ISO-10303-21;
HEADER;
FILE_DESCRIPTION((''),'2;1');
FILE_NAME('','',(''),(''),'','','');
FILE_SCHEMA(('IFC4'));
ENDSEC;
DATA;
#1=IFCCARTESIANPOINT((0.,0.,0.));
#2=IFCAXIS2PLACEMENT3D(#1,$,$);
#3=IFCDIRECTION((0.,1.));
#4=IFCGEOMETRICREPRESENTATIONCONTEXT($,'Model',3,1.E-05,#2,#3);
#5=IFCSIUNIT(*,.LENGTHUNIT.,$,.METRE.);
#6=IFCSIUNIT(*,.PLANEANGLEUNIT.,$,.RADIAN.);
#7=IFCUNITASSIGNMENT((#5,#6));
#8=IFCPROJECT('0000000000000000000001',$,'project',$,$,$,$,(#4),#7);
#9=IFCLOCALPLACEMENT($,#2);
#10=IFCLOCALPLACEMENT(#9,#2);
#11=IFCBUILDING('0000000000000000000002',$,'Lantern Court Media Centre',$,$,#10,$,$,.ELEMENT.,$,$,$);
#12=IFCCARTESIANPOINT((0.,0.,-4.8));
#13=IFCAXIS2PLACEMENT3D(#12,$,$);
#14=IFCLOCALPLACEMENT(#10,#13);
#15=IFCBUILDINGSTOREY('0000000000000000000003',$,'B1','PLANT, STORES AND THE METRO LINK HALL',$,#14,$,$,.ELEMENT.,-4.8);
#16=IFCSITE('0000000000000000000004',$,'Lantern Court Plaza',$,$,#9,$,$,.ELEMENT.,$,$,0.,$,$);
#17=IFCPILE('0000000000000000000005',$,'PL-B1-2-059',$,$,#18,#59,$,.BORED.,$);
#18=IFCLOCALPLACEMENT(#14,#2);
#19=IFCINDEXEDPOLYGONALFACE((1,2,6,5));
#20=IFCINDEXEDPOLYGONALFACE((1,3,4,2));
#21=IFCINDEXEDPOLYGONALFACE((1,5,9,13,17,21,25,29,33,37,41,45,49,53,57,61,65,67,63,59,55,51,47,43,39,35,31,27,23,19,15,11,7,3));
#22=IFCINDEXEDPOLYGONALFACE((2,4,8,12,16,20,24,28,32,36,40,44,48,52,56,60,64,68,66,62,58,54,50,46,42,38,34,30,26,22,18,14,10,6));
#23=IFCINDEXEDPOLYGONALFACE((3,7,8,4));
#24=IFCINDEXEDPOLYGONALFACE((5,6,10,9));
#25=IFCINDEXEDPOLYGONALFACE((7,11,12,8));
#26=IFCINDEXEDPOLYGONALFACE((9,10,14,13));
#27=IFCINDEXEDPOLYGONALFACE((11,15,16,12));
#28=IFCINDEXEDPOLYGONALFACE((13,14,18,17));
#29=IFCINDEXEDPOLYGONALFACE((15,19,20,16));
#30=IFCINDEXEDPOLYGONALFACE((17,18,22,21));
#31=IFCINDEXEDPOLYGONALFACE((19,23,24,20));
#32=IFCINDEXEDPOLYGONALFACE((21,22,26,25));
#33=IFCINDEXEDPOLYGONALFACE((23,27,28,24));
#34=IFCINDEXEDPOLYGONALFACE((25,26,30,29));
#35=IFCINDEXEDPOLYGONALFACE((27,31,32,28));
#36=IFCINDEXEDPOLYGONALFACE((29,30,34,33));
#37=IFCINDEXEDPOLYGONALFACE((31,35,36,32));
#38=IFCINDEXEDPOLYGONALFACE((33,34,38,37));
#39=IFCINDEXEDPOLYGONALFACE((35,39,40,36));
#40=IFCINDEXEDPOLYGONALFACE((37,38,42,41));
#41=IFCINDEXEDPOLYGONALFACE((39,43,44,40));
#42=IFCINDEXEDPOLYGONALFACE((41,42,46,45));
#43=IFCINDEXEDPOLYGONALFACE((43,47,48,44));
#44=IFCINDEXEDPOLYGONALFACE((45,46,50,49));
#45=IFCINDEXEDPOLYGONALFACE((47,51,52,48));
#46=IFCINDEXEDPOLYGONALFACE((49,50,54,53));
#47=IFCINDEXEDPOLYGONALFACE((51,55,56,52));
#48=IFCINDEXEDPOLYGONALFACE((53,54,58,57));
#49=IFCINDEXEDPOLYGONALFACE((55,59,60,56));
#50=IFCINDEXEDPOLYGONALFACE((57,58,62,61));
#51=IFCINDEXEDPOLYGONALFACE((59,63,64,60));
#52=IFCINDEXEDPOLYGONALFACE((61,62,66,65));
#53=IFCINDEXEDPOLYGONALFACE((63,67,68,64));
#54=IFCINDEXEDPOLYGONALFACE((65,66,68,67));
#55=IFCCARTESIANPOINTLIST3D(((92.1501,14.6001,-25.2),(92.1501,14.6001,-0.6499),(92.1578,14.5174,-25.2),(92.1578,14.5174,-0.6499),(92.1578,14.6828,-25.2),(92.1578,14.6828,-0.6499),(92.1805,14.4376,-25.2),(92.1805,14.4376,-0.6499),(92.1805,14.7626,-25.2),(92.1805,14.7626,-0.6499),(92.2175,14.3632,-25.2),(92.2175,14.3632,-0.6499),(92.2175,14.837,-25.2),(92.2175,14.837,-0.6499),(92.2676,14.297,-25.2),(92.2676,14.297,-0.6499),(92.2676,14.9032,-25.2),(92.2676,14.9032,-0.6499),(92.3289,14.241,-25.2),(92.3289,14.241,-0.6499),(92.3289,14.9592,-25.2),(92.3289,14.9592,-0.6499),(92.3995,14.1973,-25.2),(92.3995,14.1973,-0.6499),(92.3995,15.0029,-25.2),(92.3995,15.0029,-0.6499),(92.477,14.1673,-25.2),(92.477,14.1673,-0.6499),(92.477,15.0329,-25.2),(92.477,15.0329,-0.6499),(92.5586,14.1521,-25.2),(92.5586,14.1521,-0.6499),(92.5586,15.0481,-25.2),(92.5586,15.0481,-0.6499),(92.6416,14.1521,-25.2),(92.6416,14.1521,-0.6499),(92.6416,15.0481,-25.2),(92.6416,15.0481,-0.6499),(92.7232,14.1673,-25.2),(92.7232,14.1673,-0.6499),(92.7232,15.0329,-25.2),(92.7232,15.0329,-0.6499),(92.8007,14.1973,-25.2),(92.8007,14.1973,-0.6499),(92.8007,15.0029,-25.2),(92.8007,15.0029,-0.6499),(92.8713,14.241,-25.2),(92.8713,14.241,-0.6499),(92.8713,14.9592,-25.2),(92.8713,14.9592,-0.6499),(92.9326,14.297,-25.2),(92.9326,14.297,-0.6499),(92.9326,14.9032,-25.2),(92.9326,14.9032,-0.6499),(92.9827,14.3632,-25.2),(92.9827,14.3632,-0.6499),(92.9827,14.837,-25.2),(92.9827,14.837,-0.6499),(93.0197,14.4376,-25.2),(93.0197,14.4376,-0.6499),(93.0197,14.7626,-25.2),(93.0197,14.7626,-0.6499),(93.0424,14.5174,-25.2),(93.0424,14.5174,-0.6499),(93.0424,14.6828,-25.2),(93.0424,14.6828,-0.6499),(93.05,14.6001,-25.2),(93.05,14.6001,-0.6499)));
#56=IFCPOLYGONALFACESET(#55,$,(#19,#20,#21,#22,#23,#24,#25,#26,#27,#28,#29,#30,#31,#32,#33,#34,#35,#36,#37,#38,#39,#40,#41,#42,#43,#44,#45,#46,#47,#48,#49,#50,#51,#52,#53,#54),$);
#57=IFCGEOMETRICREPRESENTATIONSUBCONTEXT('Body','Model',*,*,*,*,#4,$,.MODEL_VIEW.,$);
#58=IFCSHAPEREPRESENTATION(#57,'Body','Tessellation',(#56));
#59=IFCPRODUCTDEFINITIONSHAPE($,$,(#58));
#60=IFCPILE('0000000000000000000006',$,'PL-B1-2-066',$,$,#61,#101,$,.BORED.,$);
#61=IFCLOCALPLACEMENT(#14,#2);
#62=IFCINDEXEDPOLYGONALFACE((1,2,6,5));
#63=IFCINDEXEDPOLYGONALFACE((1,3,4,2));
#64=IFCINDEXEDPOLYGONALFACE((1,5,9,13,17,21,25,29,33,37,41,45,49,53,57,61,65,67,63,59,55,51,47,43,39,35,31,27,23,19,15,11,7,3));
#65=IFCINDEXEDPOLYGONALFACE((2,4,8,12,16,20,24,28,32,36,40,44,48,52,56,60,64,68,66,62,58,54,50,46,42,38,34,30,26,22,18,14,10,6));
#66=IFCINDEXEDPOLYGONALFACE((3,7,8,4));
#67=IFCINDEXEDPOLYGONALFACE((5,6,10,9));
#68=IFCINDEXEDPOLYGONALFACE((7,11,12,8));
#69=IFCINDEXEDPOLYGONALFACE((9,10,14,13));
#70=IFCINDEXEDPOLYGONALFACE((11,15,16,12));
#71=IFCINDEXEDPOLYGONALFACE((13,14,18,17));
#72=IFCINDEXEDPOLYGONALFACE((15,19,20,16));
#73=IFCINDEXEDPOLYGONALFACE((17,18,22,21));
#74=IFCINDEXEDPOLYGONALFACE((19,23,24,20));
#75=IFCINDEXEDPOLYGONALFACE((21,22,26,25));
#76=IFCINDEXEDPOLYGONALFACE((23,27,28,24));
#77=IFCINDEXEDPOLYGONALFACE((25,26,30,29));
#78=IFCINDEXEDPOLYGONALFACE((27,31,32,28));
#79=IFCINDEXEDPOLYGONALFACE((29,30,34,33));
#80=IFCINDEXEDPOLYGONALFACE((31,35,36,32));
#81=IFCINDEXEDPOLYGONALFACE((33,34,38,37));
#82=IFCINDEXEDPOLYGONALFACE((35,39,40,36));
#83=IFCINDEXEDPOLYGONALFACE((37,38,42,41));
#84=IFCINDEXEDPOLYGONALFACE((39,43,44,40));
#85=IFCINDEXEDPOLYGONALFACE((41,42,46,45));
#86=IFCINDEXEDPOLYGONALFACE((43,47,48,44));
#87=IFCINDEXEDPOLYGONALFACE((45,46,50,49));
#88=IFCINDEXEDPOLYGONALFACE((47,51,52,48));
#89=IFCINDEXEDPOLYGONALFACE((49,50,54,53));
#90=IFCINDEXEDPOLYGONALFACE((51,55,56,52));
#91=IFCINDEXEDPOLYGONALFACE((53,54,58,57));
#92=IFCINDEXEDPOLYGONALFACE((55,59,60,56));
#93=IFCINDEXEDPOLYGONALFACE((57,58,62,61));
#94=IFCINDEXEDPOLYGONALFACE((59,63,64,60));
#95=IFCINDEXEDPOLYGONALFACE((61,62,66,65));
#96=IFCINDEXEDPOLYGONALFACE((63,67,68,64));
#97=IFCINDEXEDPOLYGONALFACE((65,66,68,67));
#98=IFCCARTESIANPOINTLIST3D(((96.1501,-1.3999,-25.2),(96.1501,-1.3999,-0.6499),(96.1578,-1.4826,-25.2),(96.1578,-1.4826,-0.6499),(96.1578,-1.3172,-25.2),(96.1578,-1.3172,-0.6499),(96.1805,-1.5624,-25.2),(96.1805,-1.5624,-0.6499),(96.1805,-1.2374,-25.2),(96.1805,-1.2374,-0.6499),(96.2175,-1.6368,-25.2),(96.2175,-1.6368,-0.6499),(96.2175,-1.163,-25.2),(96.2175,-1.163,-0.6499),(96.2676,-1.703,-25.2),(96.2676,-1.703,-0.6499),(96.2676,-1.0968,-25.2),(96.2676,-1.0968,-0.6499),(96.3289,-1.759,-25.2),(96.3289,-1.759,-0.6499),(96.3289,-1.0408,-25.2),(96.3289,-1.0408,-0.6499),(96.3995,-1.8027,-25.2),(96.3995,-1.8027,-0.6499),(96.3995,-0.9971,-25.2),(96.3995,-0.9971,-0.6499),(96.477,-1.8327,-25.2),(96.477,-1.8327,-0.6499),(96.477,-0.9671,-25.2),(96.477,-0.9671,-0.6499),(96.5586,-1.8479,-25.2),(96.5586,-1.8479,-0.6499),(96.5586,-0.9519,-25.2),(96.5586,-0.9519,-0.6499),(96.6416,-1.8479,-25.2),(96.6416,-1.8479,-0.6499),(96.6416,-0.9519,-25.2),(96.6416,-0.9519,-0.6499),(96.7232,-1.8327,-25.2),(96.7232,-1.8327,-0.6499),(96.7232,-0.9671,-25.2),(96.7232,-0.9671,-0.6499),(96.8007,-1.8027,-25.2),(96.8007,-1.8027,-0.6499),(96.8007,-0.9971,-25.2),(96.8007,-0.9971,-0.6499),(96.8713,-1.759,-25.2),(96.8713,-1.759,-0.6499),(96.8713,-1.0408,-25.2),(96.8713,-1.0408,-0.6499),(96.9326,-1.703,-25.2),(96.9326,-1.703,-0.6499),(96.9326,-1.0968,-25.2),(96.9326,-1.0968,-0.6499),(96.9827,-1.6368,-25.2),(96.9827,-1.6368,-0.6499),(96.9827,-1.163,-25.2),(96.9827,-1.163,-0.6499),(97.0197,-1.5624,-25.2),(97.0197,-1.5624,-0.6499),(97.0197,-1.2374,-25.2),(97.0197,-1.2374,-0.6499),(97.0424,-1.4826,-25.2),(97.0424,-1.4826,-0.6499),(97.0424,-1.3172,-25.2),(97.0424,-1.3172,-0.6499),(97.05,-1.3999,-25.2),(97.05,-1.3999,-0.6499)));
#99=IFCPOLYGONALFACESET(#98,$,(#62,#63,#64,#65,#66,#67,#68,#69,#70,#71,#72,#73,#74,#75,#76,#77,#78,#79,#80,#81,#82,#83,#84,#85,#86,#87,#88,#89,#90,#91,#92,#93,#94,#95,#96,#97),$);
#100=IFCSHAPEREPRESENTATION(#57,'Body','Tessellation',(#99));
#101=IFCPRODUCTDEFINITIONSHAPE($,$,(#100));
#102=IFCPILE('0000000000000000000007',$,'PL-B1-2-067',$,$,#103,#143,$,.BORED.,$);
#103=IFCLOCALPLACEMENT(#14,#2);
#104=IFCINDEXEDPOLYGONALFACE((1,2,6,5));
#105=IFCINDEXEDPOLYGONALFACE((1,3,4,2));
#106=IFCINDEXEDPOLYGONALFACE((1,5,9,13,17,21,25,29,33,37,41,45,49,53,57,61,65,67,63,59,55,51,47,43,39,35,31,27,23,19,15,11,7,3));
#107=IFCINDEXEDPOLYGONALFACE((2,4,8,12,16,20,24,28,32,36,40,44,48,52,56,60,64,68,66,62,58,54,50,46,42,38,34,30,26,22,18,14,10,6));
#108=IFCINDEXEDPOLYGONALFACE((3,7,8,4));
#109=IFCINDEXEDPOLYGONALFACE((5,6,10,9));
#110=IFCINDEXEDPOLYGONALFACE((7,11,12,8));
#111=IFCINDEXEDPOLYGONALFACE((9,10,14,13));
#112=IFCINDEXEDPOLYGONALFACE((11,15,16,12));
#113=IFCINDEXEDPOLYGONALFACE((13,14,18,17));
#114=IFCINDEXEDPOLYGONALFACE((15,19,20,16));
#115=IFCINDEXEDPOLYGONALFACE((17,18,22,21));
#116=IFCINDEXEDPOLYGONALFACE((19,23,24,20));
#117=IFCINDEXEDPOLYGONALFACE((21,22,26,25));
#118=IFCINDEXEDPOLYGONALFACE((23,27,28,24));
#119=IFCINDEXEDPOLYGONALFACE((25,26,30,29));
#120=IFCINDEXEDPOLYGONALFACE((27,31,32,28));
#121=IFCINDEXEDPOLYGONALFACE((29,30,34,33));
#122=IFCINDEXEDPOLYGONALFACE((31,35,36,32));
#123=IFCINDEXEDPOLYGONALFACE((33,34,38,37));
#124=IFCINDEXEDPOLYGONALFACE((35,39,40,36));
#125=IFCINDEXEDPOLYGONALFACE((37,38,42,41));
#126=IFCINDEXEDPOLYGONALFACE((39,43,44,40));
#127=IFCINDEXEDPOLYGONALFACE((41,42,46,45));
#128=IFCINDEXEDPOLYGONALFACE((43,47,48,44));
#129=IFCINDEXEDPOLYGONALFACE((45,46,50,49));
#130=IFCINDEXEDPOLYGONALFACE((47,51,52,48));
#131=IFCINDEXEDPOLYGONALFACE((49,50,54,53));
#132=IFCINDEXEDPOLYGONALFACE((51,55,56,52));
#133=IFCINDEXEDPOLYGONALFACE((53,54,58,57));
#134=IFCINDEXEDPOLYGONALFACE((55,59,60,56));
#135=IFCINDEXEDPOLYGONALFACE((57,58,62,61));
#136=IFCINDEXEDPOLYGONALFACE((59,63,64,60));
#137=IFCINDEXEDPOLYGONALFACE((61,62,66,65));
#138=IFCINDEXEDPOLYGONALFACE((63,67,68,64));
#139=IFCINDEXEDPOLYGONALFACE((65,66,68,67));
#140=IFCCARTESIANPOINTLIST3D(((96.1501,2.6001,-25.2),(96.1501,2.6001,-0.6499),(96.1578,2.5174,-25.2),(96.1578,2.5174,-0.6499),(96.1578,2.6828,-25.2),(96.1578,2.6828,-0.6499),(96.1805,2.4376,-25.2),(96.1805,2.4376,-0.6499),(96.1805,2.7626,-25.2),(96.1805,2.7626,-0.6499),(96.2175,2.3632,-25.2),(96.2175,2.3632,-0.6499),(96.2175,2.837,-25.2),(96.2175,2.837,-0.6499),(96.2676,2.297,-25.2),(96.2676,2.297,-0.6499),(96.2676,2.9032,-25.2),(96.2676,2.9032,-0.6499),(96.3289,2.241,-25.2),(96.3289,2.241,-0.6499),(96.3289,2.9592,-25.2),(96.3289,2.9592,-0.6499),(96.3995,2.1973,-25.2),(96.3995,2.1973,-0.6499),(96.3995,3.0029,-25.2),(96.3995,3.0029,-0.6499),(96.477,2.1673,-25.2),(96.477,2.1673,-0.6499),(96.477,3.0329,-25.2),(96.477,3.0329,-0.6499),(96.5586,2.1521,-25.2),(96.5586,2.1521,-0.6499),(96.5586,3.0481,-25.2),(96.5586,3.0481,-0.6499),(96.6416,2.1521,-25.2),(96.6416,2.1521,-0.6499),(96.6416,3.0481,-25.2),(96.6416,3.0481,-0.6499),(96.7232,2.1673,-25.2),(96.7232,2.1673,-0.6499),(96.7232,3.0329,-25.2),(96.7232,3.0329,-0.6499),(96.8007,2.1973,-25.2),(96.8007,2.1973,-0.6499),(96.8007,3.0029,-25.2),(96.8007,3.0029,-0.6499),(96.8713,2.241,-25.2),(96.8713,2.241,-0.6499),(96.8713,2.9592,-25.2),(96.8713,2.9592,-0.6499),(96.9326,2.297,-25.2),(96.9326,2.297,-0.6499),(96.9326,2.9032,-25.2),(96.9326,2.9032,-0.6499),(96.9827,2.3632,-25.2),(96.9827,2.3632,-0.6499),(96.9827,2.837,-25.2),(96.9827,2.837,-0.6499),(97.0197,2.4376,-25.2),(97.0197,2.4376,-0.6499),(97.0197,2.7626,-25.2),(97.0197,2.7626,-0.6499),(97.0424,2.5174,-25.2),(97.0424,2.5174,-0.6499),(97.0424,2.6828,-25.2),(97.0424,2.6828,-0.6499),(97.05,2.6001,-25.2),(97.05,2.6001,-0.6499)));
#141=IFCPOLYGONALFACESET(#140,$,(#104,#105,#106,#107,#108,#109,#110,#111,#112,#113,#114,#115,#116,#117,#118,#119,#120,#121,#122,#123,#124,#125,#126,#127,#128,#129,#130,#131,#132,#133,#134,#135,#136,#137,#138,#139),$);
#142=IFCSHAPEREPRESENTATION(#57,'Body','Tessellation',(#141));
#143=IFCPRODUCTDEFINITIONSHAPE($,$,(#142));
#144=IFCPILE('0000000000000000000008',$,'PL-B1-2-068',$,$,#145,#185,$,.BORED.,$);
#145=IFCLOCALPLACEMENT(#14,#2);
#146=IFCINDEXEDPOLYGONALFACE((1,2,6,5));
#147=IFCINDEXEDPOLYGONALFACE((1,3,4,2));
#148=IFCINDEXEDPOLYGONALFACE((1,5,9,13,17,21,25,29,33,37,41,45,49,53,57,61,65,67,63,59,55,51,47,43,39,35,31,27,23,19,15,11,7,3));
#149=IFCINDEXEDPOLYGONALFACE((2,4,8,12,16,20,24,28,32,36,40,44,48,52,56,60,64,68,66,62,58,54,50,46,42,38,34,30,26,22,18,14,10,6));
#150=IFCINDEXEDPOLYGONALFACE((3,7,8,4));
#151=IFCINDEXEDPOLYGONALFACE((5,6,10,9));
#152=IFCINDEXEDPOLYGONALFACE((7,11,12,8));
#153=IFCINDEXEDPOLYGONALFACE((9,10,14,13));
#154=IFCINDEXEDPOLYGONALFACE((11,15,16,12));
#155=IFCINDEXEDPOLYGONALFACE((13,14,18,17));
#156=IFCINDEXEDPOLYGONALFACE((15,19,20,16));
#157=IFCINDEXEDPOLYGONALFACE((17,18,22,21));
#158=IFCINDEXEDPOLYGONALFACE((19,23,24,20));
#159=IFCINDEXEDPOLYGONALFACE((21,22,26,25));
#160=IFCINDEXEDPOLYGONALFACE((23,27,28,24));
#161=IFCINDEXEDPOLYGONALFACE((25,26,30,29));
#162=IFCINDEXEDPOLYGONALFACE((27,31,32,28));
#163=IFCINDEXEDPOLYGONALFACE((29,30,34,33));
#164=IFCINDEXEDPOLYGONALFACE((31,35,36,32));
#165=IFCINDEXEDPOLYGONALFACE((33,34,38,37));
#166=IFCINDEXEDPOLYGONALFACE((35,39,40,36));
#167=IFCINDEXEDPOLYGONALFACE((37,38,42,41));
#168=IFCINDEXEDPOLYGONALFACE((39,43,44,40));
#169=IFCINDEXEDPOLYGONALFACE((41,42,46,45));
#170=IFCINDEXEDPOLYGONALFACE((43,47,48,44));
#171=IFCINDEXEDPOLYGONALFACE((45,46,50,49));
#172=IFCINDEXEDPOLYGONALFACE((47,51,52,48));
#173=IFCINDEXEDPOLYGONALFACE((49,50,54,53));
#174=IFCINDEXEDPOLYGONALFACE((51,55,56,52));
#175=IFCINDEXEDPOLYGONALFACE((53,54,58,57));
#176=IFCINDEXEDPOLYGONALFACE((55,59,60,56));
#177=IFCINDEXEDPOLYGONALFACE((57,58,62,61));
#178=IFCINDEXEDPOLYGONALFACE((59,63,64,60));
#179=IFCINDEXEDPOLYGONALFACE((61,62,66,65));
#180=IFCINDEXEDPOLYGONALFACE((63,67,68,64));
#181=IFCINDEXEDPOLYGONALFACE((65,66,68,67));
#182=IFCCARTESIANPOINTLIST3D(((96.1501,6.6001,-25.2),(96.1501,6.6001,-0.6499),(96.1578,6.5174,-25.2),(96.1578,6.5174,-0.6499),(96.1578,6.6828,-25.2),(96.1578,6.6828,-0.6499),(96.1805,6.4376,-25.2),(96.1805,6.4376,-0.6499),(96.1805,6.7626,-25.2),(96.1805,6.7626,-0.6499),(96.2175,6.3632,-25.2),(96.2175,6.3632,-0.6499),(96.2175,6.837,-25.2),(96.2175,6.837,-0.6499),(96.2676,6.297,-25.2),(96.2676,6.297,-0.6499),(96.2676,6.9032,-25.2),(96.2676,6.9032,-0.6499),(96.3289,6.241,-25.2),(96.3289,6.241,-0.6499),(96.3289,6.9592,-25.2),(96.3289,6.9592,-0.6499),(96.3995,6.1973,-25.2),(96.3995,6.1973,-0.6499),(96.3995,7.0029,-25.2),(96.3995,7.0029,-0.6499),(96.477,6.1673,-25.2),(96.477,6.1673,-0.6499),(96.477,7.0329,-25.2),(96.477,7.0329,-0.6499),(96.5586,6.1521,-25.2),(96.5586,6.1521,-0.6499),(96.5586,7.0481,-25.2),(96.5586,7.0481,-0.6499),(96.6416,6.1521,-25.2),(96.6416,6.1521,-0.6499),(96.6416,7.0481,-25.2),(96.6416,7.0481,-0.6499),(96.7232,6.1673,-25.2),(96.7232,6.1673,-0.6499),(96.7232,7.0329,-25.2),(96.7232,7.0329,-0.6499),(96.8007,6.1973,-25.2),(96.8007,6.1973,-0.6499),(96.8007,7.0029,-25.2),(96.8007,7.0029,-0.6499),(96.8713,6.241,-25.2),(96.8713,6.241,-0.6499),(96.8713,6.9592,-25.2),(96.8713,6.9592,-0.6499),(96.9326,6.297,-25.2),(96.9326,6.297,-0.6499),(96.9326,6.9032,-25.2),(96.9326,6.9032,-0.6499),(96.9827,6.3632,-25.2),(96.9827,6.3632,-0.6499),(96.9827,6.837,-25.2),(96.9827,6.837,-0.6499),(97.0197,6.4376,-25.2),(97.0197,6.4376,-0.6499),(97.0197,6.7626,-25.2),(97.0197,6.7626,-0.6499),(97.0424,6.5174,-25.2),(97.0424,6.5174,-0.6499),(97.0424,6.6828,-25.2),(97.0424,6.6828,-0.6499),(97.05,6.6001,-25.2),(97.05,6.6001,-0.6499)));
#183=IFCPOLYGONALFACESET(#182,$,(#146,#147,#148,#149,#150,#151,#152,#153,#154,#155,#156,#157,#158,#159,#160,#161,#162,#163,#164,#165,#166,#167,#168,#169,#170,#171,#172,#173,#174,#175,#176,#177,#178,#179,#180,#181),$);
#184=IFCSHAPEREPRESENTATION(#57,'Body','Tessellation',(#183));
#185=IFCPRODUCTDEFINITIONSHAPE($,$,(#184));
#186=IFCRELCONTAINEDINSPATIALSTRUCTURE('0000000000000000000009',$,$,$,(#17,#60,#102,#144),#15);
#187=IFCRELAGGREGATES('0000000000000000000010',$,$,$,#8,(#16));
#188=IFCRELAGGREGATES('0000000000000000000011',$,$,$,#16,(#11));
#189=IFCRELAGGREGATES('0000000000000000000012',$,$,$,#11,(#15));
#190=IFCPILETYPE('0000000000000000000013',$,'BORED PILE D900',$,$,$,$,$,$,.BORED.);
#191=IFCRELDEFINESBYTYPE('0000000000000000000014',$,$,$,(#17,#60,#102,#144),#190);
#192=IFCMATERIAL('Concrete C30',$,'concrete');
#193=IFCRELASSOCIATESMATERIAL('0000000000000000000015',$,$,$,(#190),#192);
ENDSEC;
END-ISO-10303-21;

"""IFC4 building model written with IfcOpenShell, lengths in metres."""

from ifc_helpers import new_model, si_unit, direction, frame, origin, origin_2d, place, context, subcontext, project, spatial, circle, extrude, material, material_profile, profile_set, type_object, element, save


model = new_model("IFC4")

# Units and contexts
model_context = context("Model", 3, precision=1e-05, world=origin(), true_north=direction((0.0, 1.0)))
body_context = subcontext(model_context, "Body", "Model", "MODEL_VIEW")
ifc_project = project(units=[si_unit("LENGTHUNIT", "METRE"), si_unit("PLANEANGLEUNIT", "RADIAN")], contexts=[model_context])

# Site, building, storey
site_placement = place(None, origin())
site = spatial("IfcSite", under=ifc_project, at=site_placement, Name="Lantern Court Plaza", CompositionType="ELEMENT", RefElevation=0.0)
building_placement = place(site_placement, origin())
building = spatial("IfcBuilding", under=site, at=building_placement, Name="Lantern Court Media Centre", CompositionType="ELEMENT")
storey_placement = place(building_placement, frame((0.0, 0.0, -4.8)))
storey = spatial("IfcBuildingStorey", under=building, at=storey_placement, Name="B1", Description="PLANT, STORES AND THE METRO LINK HALL", CompositionType="ELEMENT", Elevation=-4.8)

# Piles
ifc_material_1 = material(Name="Concrete C30", Category="concrete")
ifc_material_profile_1 = material_profile(ifc_material_1, circle(Radius=0.45, at=origin_2d()), Name="D900")
ifc_profile_set_1 = profile_set([ifc_material_profile_1], Name="Concrete C30")
pile_type = type_object("IfcPileType", Name="BORED PILE D900", PredefinedType="BORED", material=ifc_profile_set_1)
for number, where, z_axis, x_axis, name in (
    (1, (92.6001, 14.6001, -0.6499), (0.0, 0.0, -1.0), (1.0, 0.0, 0.0), "PL-B1-2-059"),
    (2, (96.6001, -1.3999, -0.6499), (0.0, 0.0, -1.0), (1.0, 0.0, 0.0), "PL-B1-2-066"),
    (3, (96.6001, 2.6001, -0.6499), (0.0, 0.0, -1.0), (1.0, 0.0, 0.0), "PL-B1-2-067"),
    (4, (96.6001, 6.6001, -0.6499), (0.0, 0.0, -1.0), (1.0, 0.0, 0.0), "PL-B1-2-068"),
):
    element("IfcPile", number, at=place(storey_placement, frame(where, z_axis=z_axis, x_axis=x_axis)), inside=storey, type_object=pile_type, Name=name, PredefinedType="BORED", context=body_context, shape_type="SweptSolid", body=[
        extrude(circle(Radius=0.45, at=origin_2d()), origin(), (0.0, 0.0, 1.0), 24.55),
    ])

save(model, "model.ifc")
